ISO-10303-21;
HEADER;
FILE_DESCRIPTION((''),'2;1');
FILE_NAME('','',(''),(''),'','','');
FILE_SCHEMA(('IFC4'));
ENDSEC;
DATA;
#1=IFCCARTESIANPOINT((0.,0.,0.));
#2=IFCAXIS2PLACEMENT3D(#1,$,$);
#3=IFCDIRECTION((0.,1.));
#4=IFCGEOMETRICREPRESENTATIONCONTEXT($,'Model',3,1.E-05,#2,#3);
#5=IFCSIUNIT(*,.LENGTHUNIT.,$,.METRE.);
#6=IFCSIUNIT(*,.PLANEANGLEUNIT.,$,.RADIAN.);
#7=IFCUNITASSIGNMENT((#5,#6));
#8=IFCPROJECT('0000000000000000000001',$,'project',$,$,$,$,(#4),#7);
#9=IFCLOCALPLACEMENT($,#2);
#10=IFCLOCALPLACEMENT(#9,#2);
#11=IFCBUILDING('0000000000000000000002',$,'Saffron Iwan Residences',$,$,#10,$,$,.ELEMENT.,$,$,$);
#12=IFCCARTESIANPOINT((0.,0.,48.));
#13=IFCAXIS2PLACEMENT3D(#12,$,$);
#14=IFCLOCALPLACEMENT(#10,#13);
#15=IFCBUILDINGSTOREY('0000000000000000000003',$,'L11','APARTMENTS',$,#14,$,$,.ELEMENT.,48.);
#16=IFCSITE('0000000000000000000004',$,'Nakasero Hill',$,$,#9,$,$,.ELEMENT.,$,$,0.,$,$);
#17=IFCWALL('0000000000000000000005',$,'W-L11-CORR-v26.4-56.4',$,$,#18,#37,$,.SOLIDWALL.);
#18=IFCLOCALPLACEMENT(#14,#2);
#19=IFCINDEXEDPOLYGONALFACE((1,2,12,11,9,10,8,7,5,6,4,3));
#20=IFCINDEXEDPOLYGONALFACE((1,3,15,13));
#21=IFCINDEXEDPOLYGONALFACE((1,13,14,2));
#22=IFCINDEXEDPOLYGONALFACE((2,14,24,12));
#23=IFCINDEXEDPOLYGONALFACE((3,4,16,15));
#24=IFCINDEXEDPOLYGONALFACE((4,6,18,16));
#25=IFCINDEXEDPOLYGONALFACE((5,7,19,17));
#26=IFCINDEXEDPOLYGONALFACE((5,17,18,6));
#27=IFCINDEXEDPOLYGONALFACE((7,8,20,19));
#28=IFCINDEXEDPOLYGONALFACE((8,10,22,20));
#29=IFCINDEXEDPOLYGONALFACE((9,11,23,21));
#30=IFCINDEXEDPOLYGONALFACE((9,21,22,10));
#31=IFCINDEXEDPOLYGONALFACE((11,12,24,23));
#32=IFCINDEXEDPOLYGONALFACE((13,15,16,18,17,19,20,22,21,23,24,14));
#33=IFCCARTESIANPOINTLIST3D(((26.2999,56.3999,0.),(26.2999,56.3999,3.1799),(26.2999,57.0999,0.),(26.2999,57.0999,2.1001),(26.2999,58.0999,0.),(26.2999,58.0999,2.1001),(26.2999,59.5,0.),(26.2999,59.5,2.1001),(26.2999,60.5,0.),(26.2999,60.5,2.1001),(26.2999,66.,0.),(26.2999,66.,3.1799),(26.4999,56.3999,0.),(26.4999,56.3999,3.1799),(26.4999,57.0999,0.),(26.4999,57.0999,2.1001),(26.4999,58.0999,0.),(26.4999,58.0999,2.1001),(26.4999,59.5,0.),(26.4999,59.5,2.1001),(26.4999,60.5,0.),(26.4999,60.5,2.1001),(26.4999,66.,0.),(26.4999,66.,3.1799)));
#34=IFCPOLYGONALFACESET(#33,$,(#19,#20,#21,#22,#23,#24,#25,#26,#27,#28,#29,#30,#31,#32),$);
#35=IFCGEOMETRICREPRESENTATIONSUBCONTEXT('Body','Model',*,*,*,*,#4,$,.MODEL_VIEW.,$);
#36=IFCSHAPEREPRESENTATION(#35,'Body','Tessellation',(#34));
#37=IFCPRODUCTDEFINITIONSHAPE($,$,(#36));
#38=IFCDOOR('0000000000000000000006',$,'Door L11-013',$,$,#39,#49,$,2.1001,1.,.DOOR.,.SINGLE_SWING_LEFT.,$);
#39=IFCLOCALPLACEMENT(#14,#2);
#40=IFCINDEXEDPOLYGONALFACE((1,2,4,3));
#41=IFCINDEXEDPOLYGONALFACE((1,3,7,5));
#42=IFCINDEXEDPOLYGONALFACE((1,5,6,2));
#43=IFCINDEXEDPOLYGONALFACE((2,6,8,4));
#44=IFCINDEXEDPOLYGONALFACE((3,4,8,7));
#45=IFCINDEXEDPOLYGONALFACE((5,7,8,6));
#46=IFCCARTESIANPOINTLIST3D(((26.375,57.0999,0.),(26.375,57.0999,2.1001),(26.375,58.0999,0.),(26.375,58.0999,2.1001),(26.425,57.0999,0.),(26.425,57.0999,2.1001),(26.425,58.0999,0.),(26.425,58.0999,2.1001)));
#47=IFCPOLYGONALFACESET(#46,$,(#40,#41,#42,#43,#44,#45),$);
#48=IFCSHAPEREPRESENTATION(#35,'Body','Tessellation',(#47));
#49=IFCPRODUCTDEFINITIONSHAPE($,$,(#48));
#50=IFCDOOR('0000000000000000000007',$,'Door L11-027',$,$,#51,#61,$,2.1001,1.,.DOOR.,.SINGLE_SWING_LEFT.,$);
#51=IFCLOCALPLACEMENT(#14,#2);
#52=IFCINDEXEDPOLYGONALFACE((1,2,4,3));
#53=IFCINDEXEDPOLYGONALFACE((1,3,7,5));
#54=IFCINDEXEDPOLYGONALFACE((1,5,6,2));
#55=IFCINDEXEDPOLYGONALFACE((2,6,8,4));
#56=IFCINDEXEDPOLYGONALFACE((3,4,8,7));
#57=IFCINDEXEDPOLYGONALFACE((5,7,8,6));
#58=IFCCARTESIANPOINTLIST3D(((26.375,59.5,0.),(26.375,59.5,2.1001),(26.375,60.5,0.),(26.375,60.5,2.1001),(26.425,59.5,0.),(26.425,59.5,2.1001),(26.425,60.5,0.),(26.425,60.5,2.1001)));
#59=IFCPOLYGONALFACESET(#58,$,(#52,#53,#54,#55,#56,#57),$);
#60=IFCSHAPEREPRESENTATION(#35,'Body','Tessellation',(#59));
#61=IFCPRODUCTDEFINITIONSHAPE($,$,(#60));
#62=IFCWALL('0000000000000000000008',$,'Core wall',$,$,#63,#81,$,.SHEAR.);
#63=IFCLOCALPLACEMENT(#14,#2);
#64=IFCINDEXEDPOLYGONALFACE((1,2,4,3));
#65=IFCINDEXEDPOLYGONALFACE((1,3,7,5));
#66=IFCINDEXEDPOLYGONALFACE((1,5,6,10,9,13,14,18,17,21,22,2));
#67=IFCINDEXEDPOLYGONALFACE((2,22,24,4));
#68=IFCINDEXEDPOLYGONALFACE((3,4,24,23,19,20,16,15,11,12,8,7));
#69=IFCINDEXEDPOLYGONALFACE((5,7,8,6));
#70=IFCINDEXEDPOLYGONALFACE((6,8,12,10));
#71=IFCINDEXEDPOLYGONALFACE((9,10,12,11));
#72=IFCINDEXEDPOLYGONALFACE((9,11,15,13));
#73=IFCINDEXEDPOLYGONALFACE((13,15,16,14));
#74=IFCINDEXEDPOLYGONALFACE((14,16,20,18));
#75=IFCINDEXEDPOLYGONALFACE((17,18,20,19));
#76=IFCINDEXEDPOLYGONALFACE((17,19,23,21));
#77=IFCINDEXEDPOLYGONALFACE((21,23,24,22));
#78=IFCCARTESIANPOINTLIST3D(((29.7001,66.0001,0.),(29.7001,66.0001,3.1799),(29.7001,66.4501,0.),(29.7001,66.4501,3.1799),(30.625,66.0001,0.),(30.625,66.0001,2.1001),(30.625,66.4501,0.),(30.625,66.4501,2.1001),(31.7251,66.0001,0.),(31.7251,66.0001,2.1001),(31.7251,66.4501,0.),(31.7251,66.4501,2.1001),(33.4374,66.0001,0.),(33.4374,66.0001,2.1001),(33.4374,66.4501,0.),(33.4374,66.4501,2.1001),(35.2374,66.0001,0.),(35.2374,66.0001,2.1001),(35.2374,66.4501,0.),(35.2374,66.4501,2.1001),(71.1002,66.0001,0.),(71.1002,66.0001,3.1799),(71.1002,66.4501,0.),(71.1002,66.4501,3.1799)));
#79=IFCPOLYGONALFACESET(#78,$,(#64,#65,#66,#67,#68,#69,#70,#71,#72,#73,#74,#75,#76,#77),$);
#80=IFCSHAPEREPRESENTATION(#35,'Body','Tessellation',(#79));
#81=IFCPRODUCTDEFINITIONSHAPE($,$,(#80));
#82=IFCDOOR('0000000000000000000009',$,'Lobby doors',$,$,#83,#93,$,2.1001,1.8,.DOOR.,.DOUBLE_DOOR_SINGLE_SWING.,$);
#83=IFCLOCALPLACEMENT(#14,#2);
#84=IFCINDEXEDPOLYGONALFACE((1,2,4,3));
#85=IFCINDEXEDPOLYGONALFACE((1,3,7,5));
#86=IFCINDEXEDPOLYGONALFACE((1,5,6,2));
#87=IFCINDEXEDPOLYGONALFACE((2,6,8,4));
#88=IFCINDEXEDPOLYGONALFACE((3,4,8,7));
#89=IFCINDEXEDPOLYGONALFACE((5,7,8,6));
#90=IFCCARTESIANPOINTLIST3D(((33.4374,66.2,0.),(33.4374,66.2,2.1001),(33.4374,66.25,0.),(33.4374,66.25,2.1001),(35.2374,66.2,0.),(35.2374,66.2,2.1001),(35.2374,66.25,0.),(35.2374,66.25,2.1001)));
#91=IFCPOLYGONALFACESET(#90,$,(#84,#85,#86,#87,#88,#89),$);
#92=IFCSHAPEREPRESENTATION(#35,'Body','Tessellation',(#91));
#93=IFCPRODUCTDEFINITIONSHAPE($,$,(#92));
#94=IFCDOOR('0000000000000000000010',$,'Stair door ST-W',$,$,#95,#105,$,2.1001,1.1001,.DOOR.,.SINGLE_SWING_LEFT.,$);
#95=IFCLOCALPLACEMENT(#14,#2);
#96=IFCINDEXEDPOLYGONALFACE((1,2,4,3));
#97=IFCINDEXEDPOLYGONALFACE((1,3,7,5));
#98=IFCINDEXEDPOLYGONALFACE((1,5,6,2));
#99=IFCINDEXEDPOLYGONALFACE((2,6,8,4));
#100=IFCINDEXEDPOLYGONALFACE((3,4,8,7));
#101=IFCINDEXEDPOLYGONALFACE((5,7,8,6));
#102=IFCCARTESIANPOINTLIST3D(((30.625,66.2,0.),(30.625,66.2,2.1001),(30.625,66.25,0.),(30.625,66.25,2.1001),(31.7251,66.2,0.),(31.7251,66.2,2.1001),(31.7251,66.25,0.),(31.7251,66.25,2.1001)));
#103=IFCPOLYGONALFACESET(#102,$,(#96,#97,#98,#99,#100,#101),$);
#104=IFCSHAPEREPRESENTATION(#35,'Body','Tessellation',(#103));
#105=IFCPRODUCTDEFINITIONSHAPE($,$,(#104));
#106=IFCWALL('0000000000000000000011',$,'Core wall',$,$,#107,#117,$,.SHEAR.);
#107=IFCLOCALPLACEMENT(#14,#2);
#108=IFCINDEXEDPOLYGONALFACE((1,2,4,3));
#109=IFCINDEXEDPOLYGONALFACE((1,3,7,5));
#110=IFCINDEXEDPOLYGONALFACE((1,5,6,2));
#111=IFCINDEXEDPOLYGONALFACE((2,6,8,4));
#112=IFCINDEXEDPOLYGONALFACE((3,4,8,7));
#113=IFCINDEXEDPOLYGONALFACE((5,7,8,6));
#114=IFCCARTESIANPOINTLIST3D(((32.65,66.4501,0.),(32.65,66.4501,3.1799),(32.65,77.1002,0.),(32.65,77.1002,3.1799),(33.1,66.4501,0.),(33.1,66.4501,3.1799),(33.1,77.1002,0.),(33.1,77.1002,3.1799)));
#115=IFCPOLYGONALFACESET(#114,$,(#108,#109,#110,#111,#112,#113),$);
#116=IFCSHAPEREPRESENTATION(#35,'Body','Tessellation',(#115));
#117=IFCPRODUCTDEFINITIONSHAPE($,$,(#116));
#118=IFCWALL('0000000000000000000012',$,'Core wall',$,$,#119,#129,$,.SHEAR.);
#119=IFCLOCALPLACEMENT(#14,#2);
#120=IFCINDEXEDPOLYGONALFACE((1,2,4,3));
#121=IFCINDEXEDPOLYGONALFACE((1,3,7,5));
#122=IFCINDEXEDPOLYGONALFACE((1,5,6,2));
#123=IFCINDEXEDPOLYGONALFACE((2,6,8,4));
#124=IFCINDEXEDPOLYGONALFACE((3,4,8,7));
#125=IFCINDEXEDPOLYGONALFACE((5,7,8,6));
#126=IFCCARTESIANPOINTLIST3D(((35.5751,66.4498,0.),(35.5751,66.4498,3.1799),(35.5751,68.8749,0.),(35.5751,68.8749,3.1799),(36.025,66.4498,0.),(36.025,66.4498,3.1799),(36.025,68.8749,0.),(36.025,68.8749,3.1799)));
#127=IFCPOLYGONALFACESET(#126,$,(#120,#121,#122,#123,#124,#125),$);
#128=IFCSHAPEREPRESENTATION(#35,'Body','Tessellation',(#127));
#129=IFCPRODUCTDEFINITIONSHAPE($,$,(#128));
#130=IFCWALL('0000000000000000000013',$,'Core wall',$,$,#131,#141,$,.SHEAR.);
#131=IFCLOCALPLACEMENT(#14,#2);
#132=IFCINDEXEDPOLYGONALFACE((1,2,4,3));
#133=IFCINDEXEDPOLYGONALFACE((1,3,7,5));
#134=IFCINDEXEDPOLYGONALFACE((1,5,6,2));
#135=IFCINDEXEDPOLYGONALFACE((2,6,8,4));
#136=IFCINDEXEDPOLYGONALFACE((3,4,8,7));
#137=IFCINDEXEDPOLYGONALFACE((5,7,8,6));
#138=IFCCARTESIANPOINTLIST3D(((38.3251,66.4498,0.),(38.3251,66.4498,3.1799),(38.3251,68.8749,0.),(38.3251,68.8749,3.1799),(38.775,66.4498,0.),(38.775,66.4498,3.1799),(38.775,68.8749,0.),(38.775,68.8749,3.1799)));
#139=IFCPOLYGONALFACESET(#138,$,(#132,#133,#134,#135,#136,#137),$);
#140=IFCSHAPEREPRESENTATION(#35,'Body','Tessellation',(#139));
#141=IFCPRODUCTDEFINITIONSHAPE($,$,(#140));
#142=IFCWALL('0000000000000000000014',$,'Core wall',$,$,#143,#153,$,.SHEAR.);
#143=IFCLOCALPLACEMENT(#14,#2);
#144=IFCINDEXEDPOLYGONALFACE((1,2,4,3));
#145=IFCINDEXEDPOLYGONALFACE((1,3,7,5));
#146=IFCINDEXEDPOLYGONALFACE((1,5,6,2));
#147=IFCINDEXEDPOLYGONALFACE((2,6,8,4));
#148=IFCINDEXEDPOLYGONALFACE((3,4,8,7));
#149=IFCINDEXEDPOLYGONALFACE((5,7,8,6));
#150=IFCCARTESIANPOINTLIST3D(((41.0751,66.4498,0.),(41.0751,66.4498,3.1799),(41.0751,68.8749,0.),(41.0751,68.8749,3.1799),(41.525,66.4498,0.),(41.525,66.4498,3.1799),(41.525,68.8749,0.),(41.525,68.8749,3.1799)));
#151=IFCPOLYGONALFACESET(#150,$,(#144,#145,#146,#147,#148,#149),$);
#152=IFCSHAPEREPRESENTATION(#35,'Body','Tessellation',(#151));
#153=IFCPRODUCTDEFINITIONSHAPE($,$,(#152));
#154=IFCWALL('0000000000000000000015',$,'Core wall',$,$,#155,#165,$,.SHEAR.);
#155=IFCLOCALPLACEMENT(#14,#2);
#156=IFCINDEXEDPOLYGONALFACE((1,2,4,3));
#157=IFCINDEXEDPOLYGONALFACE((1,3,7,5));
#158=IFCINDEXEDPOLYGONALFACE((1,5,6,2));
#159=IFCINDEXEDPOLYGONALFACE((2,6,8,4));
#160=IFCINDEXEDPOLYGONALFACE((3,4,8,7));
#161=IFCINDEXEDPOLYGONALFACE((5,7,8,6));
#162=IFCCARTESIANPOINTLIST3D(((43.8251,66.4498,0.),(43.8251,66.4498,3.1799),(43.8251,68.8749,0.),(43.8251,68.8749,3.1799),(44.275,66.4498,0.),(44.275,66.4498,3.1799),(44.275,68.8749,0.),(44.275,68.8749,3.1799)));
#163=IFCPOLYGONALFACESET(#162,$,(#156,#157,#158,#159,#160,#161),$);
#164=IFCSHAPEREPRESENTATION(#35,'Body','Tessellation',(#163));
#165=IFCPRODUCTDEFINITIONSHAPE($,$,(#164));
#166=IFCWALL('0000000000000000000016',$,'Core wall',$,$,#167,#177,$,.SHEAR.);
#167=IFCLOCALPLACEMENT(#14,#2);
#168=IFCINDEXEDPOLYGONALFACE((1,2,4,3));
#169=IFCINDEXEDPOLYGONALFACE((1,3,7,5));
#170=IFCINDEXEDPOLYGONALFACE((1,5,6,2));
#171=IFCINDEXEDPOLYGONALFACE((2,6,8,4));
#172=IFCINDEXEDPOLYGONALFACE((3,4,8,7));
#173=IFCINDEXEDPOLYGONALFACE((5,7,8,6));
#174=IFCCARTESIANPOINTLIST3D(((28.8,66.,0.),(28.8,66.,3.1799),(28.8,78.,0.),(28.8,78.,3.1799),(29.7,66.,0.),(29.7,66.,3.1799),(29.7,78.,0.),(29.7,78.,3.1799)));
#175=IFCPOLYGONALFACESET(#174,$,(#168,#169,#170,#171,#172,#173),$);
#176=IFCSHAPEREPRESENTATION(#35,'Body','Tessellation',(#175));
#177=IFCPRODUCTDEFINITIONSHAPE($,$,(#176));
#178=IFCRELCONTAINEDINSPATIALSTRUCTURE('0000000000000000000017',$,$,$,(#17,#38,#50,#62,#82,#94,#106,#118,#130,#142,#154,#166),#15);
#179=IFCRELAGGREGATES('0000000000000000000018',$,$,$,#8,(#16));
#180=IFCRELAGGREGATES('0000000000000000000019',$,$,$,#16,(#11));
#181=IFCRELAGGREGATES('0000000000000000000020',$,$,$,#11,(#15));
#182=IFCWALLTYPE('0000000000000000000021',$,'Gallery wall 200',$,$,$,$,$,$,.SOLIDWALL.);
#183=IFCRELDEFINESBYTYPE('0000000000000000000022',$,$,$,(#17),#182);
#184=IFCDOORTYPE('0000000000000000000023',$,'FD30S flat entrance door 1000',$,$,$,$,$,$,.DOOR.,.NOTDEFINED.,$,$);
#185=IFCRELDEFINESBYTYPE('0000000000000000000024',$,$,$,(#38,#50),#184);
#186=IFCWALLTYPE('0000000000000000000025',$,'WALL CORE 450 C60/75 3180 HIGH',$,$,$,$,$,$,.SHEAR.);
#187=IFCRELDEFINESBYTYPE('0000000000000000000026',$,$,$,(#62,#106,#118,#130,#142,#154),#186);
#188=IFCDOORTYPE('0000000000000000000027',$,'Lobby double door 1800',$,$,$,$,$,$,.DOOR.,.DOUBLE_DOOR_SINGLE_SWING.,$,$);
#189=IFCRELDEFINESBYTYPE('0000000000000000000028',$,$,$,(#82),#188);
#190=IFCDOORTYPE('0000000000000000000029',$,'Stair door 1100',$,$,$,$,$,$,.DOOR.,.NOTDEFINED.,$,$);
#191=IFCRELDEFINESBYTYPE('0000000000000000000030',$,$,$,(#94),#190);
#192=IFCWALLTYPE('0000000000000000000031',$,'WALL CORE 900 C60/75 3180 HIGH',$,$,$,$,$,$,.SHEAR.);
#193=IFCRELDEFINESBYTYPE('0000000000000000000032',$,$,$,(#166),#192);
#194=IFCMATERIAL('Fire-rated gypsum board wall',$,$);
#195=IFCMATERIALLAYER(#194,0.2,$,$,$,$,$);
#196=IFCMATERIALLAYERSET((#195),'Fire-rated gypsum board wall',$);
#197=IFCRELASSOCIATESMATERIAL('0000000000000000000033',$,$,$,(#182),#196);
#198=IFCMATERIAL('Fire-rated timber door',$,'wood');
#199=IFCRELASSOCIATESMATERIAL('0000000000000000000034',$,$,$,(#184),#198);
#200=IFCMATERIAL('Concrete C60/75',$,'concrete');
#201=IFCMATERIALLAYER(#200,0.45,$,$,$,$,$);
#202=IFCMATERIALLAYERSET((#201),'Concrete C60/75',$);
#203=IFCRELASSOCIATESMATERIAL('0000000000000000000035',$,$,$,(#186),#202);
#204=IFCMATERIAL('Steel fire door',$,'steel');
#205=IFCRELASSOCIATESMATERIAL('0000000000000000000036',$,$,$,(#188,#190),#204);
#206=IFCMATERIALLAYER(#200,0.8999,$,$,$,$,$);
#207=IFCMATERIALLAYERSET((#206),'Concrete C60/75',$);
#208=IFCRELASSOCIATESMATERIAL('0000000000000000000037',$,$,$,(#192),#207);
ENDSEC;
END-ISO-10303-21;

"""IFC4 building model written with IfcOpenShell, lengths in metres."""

from ifc_helpers import new_model, si_unit, direction, frame, frame_2d, origin, place, context, subcontext, project, spatial, rectangle, extrude, material, layer, layer_set, type_object, element, fill, save


model = new_model("IFC4")

# Units and contexts
model_context = context("Model", 3, precision=1e-05, world=origin(), true_north=direction((0.0, 1.0)))
body_context = subcontext(model_context, "Body", "Model", "MODEL_VIEW")
ifc_project = project(units=[si_unit("LENGTHUNIT", "METRE"), si_unit("PLANEANGLEUNIT", "RADIAN")], contexts=[model_context])

# Site, building, storey
site_placement = place(None, origin())
site = spatial("IfcSite", under=ifc_project, at=site_placement, Name="Nakasero Hill", CompositionType="ELEMENT", RefElevation=0.0)
building_placement = place(site_placement, origin())
building = spatial("IfcBuilding", under=site, at=building_placement, Name="Saffron Iwan Residences", CompositionType="ELEMENT")
storey_placement = place(building_placement, frame((0.0, 0.0, 48.0)))
storey = spatial("IfcBuildingStorey", under=building, at=storey_placement, Name="L11", Description="APARTMENTS", CompositionType="ELEMENT", Elevation=48.0)

# Shared definitions
ifc_material_1 = material(Name="Concrete C60/75", Category="concrete")

# Shared definitions
ifc_material_2 = material(Name="Fire-rated gypsum board wall")
ifc_layer_1 = layer(ifc_material_2, 0.2)
ifc_layer_set_1 = layer_set([ifc_layer_1], Name="Fire-rated gypsum board wall")
wall_type_1 = type_object("IfcWallType", Name="Gallery wall 200", PredefinedType="SOLIDWALL", material=ifc_layer_set_1)

# Walls, openings, doors
wall_1_placement = place(storey_placement, frame((26.3999, 56.3999, 0.0), z_axis=(0.0, 0.0, 1.0), x_axis=(0.0, 1.0, 0.0)))
wall_1 = element("IfcWall", 1, at=wall_1_placement, inside=storey, type_object=wall_type_1, Name="W-L11-CORR-v26.4-56.4", PredefinedType="SOLIDWALL", context=body_context, shape_type="SweptSolid", body=[
    extrude(rectangle(XDim=9.6001, YDim=0.2, at=frame_2d((4.8, 0.0))), origin(), (0.0, 0.0, 1.0), 3.1799),
])
opening_1_placement = place(wall_1_placement, frame((0.7, 0.0, 0.0)))
opening_1 = element("IfcOpeningElement", 2, at=opening_1_placement, cuts=wall_1, PredefinedType="OPENING", context=body_context, shape_type="SweptSolid", body=[
    extrude(rectangle(XDim=1.0, YDim=2.1001, at=frame_2d((0.5, 1.05))), frame((0.0, 0.1099, 0.0), z_axis=(0.0, -1.0, 0.0), x_axis=(1.0, 0.0, 0.0)), (0.0, 0.0, 1.0), 0.22),
])
opening_2_placement = place(wall_1_placement, frame((3.1001, 0.0, 0.0)))
opening_2 = element("IfcOpeningElement", 3, at=opening_2_placement, cuts=wall_1, PredefinedType="OPENING", context=body_context, shape_type="SweptSolid", body=[
    extrude(rectangle(XDim=1.0, YDim=2.1001, at=frame_2d((0.5, 1.05))), frame((0.0, 0.1099, 0.0), z_axis=(0.0, -1.0, 0.0), x_axis=(1.0, 0.0, 0.0)), (0.0, 0.0, 1.0), 0.22),
])
ifc_material_3 = material(Name="Fire-rated timber door", Category="wood")
door_type_1 = type_object("IfcDoorType", Name="FD30S flat entrance door 1000", OperationType="NOTDEFINED", PredefinedType="DOOR", material=ifc_material_3)
door_1_placement = place(opening_1_placement, origin())
door_1 = element("IfcDoor", 4, at=door_1_placement, inside=storey, type_object=door_type_1, Name="Door L11-013", OperationType="SINGLE_SWING_LEFT", OverallHeight=2.1001, OverallWidth=1.0, PredefinedType="DOOR", context=body_context, shape_type="SweptSolid", body=[
    extrude(rectangle(XDim=1.0, YDim=2.1001, at=frame_2d((0.5, 1.05))), frame((0.0, 0.0249, 0.0), z_axis=(0.0, -1.0, 0.0), x_axis=(1.0, 0.0, 0.0)), (0.0, 0.0, 1.0), 0.05),
])
fill(opening_1, door_1)
door_2_placement = place(opening_2_placement, origin())
door_2 = element("IfcDoor", 5, at=door_2_placement, inside=storey, type_object=door_type_1, Name="Door L11-027", OperationType="SINGLE_SWING_LEFT", OverallHeight=2.1001, OverallWidth=1.0, PredefinedType="DOOR", context=body_context, shape_type="SweptSolid", body=[
    extrude(rectangle(XDim=1.0, YDim=2.1001, at=frame_2d((0.5, 1.05))), frame((0.0, 0.0249, 0.0), z_axis=(0.0, -1.0, 0.0), x_axis=(1.0, 0.0, 0.0)), (0.0, 0.0, 1.0), 0.05),
])
fill(opening_2, door_2)
ifc_layer_2 = layer(ifc_material_1, 0.45)
ifc_layer_set_2 = layer_set([ifc_layer_2], Name="Concrete C60/75")
wall_type_2 = type_object("IfcWallType", Name="WALL CORE 450 C60/75 3180 HIGH", PredefinedType="SHEAR", material=ifc_layer_set_2)
wall_2_placement = place(storey_placement, frame((29.7, 66.2251, 0.0), z_axis=(0.0, 0.0, 1.0), x_axis=(1.0, 0.0, 0.0)))
wall_2 = element("IfcWall", 6, at=wall_2_placement, inside=storey, type_object=wall_type_2, Name="Core wall", PredefinedType="SHEAR", context=body_context, shape_type="SweptSolid", body=[
    extrude(rectangle(XDim=41.4001, YDim=0.45, at=frame_2d((20.7002, 0.0))), origin(), (0.0, 0.0, 1.0), 3.1799),
])
opening_3_placement = place(wall_2_placement, frame((0.925, 0.0, 0.0)))
opening_3 = element("IfcOpeningElement", 7, at=opening_3_placement, cuts=wall_2, PredefinedType="OPENING", context=body_context, shape_type="SweptSolid", body=[
    extrude(rectangle(XDim=1.1001, YDim=2.1001, at=frame_2d((0.55, 1.05))), frame((0.0, 0.2349, 0.0), z_axis=(0.0, -1.0, 0.0), x_axis=(1.0, 0.0, 0.0)), (0.0, 0.0, 1.0), 0.47),
])
opening_4_placement = place(wall_2_placement, frame((3.7375, 0.0, 0.0)))
opening_4 = element("IfcOpeningElement", 8, at=opening_4_placement, cuts=wall_2, PredefinedType="OPENING", context=body_context, shape_type="SweptSolid", body=[
    extrude(rectangle(XDim=1.8, YDim=2.1001, at=frame_2d((0.8999, 1.05))), frame((0.0, 0.2349, 0.0), z_axis=(0.0, -1.0, 0.0), x_axis=(1.0, 0.0, 0.0)), (0.0, 0.0, 1.0), 0.47),
])
ifc_material_4 = material(Name="Steel fire door", Category="steel")
door_type_2 = type_object("IfcDoorType", Name="Lobby double door 1800", OperationType="DOUBLE_DOOR_SINGLE_SWING", PredefinedType="DOOR", material=ifc_material_4)
door_3_placement = place(opening_4_placement, origin())
door_3 = element("IfcDoor", 9, at=door_3_placement, inside=storey, type_object=door_type_2, Name="Lobby doors", OperationType="DOUBLE_DOOR_SINGLE_SWING", OverallHeight=2.1001, OverallWidth=1.8, PredefinedType="DOOR", context=body_context, shape_type="SweptSolid", body=[
    extrude(rectangle(XDim=1.8, YDim=2.1001, at=frame_2d((0.8999, 1.05))), frame((0.0, 0.0249, 0.0), z_axis=(0.0, -1.0, 0.0), x_axis=(1.0, 0.0, 0.0)), (0.0, 0.0, 1.0), 0.05),
])
fill(opening_4, door_3)
door_type_3 = type_object("IfcDoorType", Name="Stair door 1100", OperationType="NOTDEFINED", PredefinedType="DOOR", material=ifc_material_4)
door_4_placement = place(opening_3_placement, origin())
door_4 = element("IfcDoor", 10, at=door_4_placement, inside=storey, type_object=door_type_3, Name="Stair door ST-W", OperationType="SINGLE_SWING_LEFT", OverallHeight=2.1001, OverallWidth=1.1001, PredefinedType="DOOR", context=body_context, shape_type="SweptSolid", body=[
    extrude(rectangle(XDim=1.1001, YDim=2.1001, at=frame_2d((0.55, 1.05))), frame((0.0, 0.0249, 0.0), z_axis=(0.0, -1.0, 0.0), x_axis=(1.0, 0.0, 0.0)), (0.0, 0.0, 1.0), 0.05),
])
fill(opening_3, door_4)

# Walls
wall_3_placement = place(storey_placement, frame((32.875, 66.45, 0.0), z_axis=(0.0, 0.0, 1.0), x_axis=(0.0, 1.0, 0.0)))
element("IfcWall", 11, at=wall_3_placement, inside=storey, type_object=wall_type_2, Name="Core wall", PredefinedType="SHEAR", context=body_context, shape_type="SweptSolid", body=[
    extrude(rectangle(XDim=10.6501, YDim=0.45, at=frame_2d((5.3252, 0.0))), origin(), (0.0, 0.0, 1.0), 3.1799),
])
for number, where, z_axis, x_axis, name in (
    (12, (35.8, 66.45, 0.0), (0.0, 0.0, 1.0), (0.0, 1.0, 0.0), "Core wall"),
    (13, (38.55, 66.45, 0.0), (0.0, 0.0, 1.0), (0.0, 1.0, 0.0), "Core wall"),
    (14, (41.3, 66.45, 0.0), (0.0, 0.0, 1.0), (0.0, 1.0, 0.0), "Core wall"),
    (15, (44.05, 66.45, 0.0), (0.0, 0.0, 1.0), (0.0, 1.0, 0.0), "Core wall"),
):
    element("IfcWall", number, at=place(storey_placement, frame(where, z_axis=z_axis, x_axis=x_axis)), inside=storey, type_object=wall_type_2, Name=name, PredefinedType="SHEAR", context=body_context, shape_type="SweptSolid", body=[
        extrude(rectangle(XDim=2.425, YDim=0.45, at=frame_2d((1.2124, 0.0))), origin(), (0.0, 0.0, 1.0), 3.1799),
    ])
ifc_layer_3 = layer(ifc_material_1, 0.8999)
ifc_layer_set_3 = layer_set([ifc_layer_3], Name="Concrete C60/75")
wall_type_3 = type_object("IfcWallType", Name="WALL CORE 900 C60/75 3180 HIGH", PredefinedType="SHEAR", material=ifc_layer_set_3)
wall_4_placement = place(storey_placement, frame((29.25, 66.0, 0.0), z_axis=(0.0, 0.0, 1.0), x_axis=(0.0, 1.0, 0.0)))
element("IfcWall", 16, at=wall_4_placement, inside=storey, type_object=wall_type_3, Name="Core wall", PredefinedType="SHEAR", context=body_context, shape_type="SweptSolid", body=[
    extrude(rectangle(XDim=12.0, YDim=0.8999, at=frame_2d((6.0, 0.0))), origin(), (0.0, 0.0, 1.0), 3.1799),
])

save(model, "model.ifc")
